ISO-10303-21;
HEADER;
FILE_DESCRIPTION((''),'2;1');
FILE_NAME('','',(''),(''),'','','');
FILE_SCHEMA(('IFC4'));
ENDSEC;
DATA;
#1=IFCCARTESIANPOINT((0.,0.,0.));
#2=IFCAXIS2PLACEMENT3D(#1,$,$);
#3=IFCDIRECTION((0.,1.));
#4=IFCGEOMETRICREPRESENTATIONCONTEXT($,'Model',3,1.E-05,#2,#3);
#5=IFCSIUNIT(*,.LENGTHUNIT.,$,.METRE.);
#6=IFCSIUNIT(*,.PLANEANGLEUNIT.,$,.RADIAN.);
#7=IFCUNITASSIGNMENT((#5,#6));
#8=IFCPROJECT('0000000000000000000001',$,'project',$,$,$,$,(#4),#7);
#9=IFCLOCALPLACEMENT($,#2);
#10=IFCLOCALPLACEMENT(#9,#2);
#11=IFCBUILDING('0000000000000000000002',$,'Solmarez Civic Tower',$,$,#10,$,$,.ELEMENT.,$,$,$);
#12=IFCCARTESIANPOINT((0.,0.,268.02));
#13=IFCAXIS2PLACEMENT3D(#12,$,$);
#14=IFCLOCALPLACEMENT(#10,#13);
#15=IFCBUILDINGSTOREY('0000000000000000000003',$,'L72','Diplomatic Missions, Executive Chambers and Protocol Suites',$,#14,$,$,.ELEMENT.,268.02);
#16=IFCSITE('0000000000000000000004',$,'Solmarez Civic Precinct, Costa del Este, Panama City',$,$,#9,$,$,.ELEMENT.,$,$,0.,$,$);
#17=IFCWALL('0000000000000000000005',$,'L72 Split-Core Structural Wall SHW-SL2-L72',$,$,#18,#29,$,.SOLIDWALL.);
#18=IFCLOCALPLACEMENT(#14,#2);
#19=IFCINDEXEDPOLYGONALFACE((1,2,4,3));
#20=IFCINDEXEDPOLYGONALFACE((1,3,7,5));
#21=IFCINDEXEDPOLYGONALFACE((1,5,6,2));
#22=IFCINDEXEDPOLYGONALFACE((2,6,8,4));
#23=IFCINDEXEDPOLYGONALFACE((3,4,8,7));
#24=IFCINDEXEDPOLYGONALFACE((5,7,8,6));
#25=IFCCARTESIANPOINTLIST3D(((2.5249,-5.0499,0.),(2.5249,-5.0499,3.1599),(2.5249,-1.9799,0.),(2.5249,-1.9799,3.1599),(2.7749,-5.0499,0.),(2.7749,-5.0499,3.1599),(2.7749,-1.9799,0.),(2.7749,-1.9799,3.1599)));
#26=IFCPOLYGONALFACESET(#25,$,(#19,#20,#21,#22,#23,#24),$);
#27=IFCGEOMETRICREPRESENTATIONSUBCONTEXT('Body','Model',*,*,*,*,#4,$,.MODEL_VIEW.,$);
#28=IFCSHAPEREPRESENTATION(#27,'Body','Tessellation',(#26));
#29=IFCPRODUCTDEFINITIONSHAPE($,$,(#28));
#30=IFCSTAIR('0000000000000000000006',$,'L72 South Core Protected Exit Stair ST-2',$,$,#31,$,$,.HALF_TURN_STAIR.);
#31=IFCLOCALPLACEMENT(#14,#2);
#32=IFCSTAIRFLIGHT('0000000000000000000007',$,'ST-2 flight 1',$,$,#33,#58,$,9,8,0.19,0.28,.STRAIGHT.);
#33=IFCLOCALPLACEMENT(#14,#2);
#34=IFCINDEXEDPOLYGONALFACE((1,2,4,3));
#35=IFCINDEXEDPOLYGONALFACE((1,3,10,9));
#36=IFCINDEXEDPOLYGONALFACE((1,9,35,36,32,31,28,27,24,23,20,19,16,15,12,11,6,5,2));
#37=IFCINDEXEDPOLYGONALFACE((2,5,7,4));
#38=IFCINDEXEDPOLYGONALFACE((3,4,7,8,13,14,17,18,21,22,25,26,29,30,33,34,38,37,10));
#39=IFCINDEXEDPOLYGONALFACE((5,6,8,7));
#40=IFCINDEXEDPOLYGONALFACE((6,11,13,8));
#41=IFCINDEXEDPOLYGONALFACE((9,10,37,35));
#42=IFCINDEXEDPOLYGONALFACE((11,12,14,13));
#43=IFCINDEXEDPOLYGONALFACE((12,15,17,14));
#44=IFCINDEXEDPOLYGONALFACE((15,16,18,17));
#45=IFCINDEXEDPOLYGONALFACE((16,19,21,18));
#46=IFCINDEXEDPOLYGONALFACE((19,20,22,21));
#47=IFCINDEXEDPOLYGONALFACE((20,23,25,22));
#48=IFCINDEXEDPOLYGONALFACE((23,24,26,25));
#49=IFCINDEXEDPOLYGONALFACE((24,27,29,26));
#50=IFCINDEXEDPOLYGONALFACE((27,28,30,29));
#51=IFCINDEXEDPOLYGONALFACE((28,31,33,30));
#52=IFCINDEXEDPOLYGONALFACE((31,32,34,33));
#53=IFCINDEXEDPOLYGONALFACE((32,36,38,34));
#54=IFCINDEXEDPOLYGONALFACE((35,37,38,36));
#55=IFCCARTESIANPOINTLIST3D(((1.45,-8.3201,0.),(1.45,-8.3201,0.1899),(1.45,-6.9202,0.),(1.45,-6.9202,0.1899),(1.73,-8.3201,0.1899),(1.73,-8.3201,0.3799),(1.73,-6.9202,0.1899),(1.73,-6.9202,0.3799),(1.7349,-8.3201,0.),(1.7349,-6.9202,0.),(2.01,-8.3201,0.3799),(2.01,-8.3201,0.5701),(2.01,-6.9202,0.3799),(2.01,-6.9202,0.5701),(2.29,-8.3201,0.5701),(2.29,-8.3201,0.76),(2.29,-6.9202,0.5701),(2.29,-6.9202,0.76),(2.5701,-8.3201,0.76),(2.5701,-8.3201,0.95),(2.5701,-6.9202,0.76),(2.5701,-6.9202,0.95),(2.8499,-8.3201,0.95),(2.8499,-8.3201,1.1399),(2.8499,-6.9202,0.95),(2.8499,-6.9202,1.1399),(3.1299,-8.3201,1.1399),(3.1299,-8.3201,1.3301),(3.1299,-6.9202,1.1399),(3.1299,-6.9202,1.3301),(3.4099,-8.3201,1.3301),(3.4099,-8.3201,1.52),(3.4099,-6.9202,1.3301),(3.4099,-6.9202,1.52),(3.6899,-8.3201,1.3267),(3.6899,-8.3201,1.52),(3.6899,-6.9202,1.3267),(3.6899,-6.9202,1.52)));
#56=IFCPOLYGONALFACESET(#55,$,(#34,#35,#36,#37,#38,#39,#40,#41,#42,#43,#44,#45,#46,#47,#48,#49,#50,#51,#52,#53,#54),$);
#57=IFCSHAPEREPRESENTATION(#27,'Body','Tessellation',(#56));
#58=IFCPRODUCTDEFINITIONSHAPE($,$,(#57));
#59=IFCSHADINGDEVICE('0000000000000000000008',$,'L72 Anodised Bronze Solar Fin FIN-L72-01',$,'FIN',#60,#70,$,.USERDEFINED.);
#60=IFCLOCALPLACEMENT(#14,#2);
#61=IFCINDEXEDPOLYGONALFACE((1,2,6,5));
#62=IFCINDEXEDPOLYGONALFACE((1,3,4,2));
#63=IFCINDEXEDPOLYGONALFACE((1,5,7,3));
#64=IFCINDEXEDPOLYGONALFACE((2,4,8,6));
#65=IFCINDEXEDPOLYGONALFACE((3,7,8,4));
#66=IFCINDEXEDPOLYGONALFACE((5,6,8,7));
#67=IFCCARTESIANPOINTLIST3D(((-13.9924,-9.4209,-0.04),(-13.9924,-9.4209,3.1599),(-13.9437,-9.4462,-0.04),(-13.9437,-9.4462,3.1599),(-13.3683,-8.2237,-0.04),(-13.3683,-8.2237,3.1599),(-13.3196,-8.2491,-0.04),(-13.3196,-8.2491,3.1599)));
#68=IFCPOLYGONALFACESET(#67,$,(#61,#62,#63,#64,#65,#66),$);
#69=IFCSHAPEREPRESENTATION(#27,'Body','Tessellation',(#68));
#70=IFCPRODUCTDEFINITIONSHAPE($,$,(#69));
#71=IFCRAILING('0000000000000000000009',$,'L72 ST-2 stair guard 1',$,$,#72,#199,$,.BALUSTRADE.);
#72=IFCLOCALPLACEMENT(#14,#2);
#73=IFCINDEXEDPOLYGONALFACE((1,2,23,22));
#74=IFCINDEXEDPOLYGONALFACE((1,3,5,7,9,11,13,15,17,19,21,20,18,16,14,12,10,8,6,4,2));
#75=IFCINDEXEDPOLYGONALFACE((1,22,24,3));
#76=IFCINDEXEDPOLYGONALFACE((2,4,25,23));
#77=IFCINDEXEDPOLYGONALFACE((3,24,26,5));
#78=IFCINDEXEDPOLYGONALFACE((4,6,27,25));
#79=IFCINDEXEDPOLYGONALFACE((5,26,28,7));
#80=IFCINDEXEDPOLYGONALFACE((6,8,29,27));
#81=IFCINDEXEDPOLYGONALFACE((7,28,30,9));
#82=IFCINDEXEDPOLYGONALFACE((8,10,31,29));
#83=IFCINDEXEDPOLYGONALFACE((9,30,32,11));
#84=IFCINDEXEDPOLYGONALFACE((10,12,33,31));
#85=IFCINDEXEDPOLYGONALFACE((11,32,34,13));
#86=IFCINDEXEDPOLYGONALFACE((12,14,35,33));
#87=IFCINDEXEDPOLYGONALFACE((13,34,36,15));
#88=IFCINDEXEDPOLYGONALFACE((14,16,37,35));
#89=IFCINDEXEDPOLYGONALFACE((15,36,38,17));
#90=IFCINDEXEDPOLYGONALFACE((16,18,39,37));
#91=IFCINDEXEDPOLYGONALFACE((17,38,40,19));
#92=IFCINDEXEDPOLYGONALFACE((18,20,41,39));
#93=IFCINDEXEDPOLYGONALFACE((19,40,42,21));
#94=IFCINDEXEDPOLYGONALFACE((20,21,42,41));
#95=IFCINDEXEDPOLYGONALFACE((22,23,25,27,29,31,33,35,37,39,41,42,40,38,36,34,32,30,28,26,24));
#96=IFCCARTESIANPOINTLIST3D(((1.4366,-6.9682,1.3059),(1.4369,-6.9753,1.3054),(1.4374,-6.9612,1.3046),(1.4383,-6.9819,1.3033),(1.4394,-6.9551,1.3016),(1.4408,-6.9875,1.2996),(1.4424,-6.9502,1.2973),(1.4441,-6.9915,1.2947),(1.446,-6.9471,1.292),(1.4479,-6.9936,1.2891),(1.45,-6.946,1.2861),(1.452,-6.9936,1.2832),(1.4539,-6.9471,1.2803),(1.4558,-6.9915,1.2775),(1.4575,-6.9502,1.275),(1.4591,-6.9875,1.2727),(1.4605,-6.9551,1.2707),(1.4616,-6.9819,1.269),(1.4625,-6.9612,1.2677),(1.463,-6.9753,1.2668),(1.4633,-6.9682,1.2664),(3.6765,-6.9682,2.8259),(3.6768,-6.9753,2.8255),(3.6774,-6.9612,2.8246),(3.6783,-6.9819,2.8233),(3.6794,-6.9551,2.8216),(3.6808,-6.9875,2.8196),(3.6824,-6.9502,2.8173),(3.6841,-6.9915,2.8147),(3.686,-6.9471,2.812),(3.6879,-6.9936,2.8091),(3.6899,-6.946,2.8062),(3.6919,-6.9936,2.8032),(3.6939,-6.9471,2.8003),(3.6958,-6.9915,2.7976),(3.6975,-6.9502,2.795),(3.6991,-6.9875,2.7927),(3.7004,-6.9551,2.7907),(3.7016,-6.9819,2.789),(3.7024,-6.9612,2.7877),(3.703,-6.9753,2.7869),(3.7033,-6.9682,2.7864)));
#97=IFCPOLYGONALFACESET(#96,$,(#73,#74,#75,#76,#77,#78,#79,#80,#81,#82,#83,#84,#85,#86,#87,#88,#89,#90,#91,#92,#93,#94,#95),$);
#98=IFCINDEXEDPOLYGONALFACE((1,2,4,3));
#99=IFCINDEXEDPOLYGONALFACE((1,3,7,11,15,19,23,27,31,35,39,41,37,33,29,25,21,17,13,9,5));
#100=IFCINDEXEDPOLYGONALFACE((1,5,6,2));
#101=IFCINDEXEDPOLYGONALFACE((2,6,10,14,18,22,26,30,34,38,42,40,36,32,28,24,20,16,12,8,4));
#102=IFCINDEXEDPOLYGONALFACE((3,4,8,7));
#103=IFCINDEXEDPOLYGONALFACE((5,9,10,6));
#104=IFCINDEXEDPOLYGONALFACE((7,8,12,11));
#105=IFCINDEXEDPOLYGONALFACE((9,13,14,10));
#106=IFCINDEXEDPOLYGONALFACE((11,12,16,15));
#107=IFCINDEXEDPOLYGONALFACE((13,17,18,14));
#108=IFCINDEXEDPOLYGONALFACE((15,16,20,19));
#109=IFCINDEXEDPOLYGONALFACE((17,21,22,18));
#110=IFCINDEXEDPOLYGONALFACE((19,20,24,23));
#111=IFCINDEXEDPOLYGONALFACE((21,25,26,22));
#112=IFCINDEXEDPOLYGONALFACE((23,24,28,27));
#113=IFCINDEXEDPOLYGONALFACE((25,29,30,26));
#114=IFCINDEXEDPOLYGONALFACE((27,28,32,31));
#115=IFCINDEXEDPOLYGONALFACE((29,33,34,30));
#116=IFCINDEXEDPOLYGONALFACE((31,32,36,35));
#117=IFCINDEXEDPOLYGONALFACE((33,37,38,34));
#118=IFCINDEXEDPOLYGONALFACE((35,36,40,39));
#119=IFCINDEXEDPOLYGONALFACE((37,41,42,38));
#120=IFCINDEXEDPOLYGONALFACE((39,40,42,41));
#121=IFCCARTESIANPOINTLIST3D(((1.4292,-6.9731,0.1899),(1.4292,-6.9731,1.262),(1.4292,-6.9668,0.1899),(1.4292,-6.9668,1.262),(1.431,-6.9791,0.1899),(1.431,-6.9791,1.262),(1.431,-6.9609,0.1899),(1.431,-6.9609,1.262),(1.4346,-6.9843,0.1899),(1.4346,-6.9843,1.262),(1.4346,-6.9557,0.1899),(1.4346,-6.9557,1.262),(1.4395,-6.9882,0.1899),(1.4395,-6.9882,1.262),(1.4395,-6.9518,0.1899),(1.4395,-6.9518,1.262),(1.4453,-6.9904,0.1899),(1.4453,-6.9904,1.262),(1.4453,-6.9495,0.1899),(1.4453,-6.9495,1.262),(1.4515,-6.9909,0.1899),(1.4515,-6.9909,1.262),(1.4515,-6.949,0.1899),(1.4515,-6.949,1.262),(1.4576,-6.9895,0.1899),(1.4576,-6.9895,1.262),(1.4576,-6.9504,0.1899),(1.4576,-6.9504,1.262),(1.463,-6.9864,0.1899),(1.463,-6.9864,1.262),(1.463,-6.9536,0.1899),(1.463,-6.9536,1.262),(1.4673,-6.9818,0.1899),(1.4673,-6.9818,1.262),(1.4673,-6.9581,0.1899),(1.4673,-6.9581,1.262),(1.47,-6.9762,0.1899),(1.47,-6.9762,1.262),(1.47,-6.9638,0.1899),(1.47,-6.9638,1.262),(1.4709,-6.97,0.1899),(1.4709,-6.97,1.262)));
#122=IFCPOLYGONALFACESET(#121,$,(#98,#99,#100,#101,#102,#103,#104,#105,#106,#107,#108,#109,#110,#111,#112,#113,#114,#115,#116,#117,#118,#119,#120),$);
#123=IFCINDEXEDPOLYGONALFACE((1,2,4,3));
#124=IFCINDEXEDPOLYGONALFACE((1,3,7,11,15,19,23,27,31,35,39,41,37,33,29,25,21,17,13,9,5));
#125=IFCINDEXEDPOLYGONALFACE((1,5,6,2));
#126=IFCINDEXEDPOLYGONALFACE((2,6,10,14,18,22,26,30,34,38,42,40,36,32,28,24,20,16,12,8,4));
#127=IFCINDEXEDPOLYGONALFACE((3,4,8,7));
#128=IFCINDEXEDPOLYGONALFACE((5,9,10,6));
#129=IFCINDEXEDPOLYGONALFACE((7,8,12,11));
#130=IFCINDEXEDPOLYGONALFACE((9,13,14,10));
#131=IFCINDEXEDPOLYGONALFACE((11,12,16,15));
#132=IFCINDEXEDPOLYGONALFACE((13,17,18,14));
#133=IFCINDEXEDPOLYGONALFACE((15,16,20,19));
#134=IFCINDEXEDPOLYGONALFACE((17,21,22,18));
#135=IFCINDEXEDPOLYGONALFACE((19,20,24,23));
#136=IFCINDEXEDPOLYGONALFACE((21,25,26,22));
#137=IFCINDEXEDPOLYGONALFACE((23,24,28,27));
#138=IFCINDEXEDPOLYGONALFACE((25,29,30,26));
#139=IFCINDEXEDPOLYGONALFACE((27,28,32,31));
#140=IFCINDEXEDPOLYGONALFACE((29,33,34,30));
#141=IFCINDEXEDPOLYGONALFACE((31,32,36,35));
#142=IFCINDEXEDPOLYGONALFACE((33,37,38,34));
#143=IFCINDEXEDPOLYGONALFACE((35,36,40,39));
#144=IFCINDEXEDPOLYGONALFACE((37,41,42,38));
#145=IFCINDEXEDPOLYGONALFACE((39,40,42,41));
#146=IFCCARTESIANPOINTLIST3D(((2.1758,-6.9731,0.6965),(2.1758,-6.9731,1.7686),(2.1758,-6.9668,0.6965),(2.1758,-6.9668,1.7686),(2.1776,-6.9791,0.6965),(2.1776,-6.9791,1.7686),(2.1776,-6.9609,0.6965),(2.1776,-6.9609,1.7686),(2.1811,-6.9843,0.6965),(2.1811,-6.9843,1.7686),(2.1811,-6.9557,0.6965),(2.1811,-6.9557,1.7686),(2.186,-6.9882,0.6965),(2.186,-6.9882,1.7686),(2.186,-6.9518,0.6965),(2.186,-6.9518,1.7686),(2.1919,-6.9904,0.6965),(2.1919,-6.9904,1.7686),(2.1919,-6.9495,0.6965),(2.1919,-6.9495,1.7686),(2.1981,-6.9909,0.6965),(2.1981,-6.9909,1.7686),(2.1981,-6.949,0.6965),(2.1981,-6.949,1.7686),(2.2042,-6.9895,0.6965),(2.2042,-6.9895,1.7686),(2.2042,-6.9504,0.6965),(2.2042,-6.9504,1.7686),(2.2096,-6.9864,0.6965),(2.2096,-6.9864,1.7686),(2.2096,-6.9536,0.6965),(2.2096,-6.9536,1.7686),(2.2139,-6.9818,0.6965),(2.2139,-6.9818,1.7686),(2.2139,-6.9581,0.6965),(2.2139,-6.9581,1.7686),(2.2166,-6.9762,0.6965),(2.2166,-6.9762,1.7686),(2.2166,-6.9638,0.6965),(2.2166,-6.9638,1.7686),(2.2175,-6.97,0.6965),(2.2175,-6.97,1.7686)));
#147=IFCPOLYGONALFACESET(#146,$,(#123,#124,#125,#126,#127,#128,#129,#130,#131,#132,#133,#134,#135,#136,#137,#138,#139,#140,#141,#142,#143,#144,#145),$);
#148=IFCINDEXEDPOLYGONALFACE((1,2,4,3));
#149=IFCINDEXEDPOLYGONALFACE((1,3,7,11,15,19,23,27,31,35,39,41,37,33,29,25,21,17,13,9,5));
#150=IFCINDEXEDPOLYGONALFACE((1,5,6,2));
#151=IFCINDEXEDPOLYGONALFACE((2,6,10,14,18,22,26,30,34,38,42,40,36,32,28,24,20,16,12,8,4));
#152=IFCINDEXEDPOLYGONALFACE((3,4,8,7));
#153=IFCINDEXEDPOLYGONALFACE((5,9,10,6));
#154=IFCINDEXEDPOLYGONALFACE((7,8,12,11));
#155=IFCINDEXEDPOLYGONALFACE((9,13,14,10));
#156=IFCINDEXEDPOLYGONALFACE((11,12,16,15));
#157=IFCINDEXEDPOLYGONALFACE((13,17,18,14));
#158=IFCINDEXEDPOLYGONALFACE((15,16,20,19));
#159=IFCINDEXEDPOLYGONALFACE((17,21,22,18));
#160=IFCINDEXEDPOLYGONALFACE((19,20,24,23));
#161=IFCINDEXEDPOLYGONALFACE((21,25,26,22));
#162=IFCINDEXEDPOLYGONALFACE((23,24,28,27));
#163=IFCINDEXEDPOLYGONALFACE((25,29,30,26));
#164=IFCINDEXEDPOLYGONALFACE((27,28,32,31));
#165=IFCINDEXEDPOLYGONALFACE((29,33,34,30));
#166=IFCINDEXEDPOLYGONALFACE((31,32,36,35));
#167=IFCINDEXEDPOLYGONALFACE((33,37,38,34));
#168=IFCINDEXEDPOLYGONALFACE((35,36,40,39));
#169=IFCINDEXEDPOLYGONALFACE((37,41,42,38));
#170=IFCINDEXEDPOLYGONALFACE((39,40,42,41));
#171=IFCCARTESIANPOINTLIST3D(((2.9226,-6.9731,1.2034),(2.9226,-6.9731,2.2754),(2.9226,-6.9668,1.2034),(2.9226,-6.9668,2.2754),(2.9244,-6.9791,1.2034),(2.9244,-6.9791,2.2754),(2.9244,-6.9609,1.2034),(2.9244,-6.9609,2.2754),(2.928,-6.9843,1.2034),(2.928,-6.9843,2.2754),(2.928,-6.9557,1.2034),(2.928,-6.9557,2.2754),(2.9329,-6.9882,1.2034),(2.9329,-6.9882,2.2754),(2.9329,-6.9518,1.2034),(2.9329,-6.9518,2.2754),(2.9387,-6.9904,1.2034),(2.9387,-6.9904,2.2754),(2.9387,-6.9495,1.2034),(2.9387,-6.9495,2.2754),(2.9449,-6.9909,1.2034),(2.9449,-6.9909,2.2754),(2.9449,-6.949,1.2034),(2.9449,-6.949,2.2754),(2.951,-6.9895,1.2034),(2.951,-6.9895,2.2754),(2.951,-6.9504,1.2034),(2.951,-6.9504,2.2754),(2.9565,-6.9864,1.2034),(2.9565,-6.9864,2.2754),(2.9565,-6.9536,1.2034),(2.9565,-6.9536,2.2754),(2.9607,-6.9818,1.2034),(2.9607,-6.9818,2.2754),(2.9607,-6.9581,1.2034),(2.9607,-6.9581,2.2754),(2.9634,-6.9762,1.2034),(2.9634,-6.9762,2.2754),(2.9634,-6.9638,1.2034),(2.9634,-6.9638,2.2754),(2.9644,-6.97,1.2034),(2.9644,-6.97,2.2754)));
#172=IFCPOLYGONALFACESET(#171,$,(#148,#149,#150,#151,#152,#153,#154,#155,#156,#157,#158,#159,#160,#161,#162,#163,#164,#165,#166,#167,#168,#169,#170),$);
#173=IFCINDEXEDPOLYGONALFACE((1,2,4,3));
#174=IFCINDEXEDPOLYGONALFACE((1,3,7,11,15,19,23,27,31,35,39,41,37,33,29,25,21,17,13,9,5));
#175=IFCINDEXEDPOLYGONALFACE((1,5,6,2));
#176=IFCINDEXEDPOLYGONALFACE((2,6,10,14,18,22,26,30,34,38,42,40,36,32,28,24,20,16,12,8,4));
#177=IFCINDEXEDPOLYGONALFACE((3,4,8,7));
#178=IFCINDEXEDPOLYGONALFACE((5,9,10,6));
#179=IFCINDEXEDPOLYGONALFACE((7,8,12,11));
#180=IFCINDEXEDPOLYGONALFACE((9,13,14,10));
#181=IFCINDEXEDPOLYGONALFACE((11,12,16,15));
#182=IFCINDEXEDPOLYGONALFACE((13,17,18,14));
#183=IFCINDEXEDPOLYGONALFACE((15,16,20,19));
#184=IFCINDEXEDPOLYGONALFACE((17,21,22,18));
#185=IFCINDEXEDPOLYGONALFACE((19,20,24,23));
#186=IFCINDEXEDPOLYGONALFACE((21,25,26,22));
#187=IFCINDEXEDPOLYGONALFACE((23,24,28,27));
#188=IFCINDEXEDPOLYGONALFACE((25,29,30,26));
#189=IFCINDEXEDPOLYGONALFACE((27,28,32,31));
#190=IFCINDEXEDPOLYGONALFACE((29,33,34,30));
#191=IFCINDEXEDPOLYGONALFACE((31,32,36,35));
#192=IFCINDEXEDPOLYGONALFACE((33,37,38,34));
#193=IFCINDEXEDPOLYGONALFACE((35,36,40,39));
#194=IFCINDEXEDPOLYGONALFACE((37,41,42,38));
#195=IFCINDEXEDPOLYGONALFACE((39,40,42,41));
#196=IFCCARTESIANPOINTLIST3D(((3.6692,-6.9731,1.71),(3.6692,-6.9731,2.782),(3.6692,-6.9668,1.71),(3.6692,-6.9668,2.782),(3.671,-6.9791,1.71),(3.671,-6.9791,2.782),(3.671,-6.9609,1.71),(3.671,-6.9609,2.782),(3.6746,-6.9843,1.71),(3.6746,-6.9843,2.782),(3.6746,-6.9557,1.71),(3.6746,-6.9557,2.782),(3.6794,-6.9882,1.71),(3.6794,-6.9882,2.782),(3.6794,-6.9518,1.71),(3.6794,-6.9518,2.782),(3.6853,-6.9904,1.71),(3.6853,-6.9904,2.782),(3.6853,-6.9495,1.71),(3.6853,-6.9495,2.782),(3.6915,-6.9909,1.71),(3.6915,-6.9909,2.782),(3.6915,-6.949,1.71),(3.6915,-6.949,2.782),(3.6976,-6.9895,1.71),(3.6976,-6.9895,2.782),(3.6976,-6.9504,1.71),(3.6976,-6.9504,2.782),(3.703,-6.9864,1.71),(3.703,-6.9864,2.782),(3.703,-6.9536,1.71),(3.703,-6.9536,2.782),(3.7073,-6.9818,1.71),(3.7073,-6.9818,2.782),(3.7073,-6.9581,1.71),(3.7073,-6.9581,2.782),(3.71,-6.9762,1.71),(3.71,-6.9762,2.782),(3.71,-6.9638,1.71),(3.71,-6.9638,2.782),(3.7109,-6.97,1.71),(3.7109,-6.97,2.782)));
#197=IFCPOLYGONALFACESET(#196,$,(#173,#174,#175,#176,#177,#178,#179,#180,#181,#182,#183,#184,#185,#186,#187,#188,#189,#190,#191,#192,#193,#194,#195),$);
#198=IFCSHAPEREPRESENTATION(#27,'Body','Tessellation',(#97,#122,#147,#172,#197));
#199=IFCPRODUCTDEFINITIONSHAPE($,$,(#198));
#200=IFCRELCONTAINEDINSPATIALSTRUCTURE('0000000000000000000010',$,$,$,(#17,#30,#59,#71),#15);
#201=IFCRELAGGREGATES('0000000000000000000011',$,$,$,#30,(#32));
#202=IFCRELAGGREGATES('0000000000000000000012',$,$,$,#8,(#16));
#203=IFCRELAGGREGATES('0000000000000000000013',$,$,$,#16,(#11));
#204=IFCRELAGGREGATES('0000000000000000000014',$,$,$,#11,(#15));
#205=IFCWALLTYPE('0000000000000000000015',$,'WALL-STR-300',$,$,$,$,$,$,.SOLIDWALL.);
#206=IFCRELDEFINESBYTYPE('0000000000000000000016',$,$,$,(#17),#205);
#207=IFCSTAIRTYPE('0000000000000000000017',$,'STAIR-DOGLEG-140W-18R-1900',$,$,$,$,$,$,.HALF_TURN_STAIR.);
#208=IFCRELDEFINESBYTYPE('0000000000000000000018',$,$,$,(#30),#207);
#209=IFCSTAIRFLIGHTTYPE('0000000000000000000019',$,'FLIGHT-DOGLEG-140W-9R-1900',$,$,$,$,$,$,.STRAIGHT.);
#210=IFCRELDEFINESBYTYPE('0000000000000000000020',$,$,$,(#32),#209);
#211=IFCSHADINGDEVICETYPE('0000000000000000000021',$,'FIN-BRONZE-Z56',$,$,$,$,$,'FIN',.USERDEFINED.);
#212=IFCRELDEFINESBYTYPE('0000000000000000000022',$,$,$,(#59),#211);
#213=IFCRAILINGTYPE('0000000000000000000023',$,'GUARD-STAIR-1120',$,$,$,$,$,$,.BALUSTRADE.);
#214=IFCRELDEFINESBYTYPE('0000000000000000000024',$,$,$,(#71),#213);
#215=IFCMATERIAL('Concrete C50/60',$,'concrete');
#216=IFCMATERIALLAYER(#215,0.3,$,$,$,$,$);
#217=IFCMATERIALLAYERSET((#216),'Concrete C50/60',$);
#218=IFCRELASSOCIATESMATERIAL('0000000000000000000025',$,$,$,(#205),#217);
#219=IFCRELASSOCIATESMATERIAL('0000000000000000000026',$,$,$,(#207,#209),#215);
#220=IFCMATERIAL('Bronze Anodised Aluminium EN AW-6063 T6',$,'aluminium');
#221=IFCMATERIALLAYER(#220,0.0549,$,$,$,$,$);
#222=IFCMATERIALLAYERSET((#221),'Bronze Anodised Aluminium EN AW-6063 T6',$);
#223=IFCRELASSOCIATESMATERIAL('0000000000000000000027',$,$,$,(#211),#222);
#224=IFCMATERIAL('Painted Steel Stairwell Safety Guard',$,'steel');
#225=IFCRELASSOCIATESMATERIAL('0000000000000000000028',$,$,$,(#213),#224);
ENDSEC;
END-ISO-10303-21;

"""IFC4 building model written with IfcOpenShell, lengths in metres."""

from ifc_helpers import new_model, si_unit, direction, frame, frame_2d, origin, origin_2d, place, context, subcontext, project, spatial, polyline, rectangle, circle, outline, extrude, material, layer, layer_set, type_object, element, aggregate, save


model = new_model("IFC4")

# Units and contexts
model_context = context("Model", 3, precision=1e-05, world=origin(), true_north=direction((0.0, 1.0)))
body_context = subcontext(model_context, "Body", "Model", "MODEL_VIEW")
ifc_project = project(units=[si_unit("LENGTHUNIT", "METRE"), si_unit("PLANEANGLEUNIT", "RADIAN")], contexts=[model_context])

# Site, building, storey
site_placement = place(None, origin())
site = spatial("IfcSite", under=ifc_project, at=site_placement, Name="Solmarez Civic Precinct, Costa del Este, Panama City", CompositionType="ELEMENT", RefElevation=0.0)
building_placement = place(site_placement, origin())
building = spatial("IfcBuilding", under=site, at=building_placement, Name="Solmarez Civic Tower", CompositionType="ELEMENT")
storey_placement = place(building_placement, frame((0.0, 0.0, 268.02)))
storey = spatial("IfcBuildingStorey", under=building, at=storey_placement, Name="L72", Description="Diplomatic Missions, Executive Chambers and Protocol Suites", CompositionType="ELEMENT", Elevation=268.02)

# Shared definitions
ifc_material_1 = material(Name="Concrete C50/60", Category="concrete")

# Shared definitions
ifc_layer_1 = layer(ifc_material_1, 0.3)
ifc_layer_set_1 = layer_set([ifc_layer_1], Name="Concrete C50/60")
wall_type_1 = type_object("IfcWallType", Name="WALL-STR-300", PredefinedType="SOLIDWALL", material=ifc_layer_set_1)

# Wall
for number, where, z_axis, x_axis, name in (
    (1, (2.6499, -5.05, 0.0), (0.0, 0.0, 1.0), (0.0, 1.0, 0.0), "L72 Split-Core Structural Wall SHW-SL2-L72"),
):
    element("IfcWall", number, at=place(storey_placement, frame(where, z_axis=z_axis, x_axis=x_axis)), inside=storey, type_object=wall_type_1, Name=name, PredefinedType="SOLIDWALL", context=body_context, shape_type="SweptSolid", body=[
        extrude(rectangle(XDim=3.0701, YDim=0.25, at=frame_2d((1.5352, 0.0))), origin(), (0.0, 0.0, 1.0), 3.1599),
    ])

# Stair, stair flight
stair_type = type_object("IfcStairType", Name="STAIR-DOGLEG-140W-18R-1900", PredefinedType="HALF_TURN_STAIR", material=ifc_material_1)
stair_placement = place(storey_placement, origin())
stair = element("IfcStair", 2, at=stair_placement, inside=storey, type_object=stair_type, Name="L72 South Core Protected Exit Stair ST-2", PredefinedType="HALF_TURN_STAIR")
stair_flight_type = type_object("IfcStairFlightType", Name="FLIGHT-DOGLEG-140W-9R-1900", PredefinedType="STRAIGHT", material=ifc_material_1)
stair_flight_placement = place(storey_placement, frame((1.45, -7.6201, 0.0), z_axis=(0.0, 0.0, 1.0), x_axis=(1.0, 0.0, 0.0)))
stair_flight = element("IfcStairFlight", 3, at=stair_flight_placement, type_object=stair_flight_type, Name="ST-2 flight 1", NumberOfRisers=9, NumberOfTreads=8, PredefinedType="STRAIGHT", RiserHeight=0.19, TreadLength=0.28, context=body_context, shape_type="SweptSolid", body=[
    extrude(outline(polyline([(0.0, 0.0), (0.0, 0.1899), (0.28, 0.1899), (0.28, 0.3799), (0.5601, 0.3799), (0.5601, 0.5701), (0.8401, 0.5701), (0.8401, 0.76), (1.1201, 0.76), (1.1201, 0.95), (1.3999, 0.95), (1.3999, 1.1399), (1.6799, 1.1399), (1.6799, 1.3301), (1.96, 1.3301), (1.96, 1.52), (2.24, 1.52), (2.24, 1.71), (2.24, 1.3267), (0.2849, 0.0), (0.0, 0.0)])), frame((0.0, 0.7, 0.0), z_axis=(0.0, -1.0, 0.0), x_axis=(1.0, 0.0, 0.0)), (0.0, 0.0, 1.0), 1.3999),
])
aggregate(stair, [stair_flight])

# Shading device
ifc_material_2 = material(Name="Bronze Anodised Aluminium EN AW-6063 T6", Category="aluminium")
ifc_layer_2 = layer(ifc_material_2, 0.0549)
ifc_layer_set_2 = layer_set([ifc_layer_2], Name="Bronze Anodised Aluminium EN AW-6063 T6")
shading_device_type = type_object("IfcShadingDeviceType", Name="FIN-BRONZE-Z56", ElementType="FIN", PredefinedType="USERDEFINED", material=ifc_layer_set_2)
shading_device_placement = place(storey_placement, frame((-13.656, -8.835, -0.04), z_axis=(0.0, 0.0, 1.0), x_axis=(-0.462275, -0.886737, 0.0)))
element("IfcShadingDevice", 4, at=shading_device_placement, inside=storey, type_object=shading_device_type, Name="L72 Anodised Bronze Solar Fin FIN-L72-01", ObjectType="FIN", PredefinedType="USERDEFINED", context=body_context, shape_type="SweptSolid", body=[
    extrude(rectangle(XDim=1.3501, YDim=0.0549, at=origin_2d()), origin(), (0.0, 0.0, 1.0), 3.2),
])

# Railing
ifc_material_3 = material(Name="Painted Steel Stairwell Safety Guard", Category="steel")
railing_type_1 = type_object("IfcRailingType", Name="GUARD-STAIR-1120", PredefinedType="BALUSTRADE", material=ifc_material_3)
railing_1_placement = place(storey_placement, frame((1.45, -6.97, 0.1899)))
element("IfcRailing", 5, at=railing_1_placement, inside=storey, type_object=railing_type_1, Name="L72 ST-2 stair guard 1", PredefinedType="BALUSTRADE", context=body_context, shape_type="SweptSolid", body=[
    extrude(circle(Radius=0.0239, at=origin_2d()), frame((0.0, 0.0, 1.0962), z_axis=(0.827471, 0.0, 0.561508), x_axis=(0.0, 1.0, 0.0)), (0.0, 0.0, 1.0), 2.707),
    extrude(circle(Radius=0.021, at=origin_2d()), origin(), (0.0, 0.0, 1.0), 1.072),
    extrude(circle(Radius=0.021, at=origin_2d()), frame((0.7466, 0.0, 0.5066)), (0.0, 0.0, 1.0), 1.072),
    extrude(circle(Radius=0.021, at=origin_2d()), frame((1.4934, 0.0, 1.0134)), (0.0, 0.0, 1.0), 1.072),
    extrude(circle(Radius=0.021, at=origin_2d()), frame((2.24, 0.0, 1.52)), (0.0, 0.0, 1.0), 1.072),
])

save(model, "model.ifc")
